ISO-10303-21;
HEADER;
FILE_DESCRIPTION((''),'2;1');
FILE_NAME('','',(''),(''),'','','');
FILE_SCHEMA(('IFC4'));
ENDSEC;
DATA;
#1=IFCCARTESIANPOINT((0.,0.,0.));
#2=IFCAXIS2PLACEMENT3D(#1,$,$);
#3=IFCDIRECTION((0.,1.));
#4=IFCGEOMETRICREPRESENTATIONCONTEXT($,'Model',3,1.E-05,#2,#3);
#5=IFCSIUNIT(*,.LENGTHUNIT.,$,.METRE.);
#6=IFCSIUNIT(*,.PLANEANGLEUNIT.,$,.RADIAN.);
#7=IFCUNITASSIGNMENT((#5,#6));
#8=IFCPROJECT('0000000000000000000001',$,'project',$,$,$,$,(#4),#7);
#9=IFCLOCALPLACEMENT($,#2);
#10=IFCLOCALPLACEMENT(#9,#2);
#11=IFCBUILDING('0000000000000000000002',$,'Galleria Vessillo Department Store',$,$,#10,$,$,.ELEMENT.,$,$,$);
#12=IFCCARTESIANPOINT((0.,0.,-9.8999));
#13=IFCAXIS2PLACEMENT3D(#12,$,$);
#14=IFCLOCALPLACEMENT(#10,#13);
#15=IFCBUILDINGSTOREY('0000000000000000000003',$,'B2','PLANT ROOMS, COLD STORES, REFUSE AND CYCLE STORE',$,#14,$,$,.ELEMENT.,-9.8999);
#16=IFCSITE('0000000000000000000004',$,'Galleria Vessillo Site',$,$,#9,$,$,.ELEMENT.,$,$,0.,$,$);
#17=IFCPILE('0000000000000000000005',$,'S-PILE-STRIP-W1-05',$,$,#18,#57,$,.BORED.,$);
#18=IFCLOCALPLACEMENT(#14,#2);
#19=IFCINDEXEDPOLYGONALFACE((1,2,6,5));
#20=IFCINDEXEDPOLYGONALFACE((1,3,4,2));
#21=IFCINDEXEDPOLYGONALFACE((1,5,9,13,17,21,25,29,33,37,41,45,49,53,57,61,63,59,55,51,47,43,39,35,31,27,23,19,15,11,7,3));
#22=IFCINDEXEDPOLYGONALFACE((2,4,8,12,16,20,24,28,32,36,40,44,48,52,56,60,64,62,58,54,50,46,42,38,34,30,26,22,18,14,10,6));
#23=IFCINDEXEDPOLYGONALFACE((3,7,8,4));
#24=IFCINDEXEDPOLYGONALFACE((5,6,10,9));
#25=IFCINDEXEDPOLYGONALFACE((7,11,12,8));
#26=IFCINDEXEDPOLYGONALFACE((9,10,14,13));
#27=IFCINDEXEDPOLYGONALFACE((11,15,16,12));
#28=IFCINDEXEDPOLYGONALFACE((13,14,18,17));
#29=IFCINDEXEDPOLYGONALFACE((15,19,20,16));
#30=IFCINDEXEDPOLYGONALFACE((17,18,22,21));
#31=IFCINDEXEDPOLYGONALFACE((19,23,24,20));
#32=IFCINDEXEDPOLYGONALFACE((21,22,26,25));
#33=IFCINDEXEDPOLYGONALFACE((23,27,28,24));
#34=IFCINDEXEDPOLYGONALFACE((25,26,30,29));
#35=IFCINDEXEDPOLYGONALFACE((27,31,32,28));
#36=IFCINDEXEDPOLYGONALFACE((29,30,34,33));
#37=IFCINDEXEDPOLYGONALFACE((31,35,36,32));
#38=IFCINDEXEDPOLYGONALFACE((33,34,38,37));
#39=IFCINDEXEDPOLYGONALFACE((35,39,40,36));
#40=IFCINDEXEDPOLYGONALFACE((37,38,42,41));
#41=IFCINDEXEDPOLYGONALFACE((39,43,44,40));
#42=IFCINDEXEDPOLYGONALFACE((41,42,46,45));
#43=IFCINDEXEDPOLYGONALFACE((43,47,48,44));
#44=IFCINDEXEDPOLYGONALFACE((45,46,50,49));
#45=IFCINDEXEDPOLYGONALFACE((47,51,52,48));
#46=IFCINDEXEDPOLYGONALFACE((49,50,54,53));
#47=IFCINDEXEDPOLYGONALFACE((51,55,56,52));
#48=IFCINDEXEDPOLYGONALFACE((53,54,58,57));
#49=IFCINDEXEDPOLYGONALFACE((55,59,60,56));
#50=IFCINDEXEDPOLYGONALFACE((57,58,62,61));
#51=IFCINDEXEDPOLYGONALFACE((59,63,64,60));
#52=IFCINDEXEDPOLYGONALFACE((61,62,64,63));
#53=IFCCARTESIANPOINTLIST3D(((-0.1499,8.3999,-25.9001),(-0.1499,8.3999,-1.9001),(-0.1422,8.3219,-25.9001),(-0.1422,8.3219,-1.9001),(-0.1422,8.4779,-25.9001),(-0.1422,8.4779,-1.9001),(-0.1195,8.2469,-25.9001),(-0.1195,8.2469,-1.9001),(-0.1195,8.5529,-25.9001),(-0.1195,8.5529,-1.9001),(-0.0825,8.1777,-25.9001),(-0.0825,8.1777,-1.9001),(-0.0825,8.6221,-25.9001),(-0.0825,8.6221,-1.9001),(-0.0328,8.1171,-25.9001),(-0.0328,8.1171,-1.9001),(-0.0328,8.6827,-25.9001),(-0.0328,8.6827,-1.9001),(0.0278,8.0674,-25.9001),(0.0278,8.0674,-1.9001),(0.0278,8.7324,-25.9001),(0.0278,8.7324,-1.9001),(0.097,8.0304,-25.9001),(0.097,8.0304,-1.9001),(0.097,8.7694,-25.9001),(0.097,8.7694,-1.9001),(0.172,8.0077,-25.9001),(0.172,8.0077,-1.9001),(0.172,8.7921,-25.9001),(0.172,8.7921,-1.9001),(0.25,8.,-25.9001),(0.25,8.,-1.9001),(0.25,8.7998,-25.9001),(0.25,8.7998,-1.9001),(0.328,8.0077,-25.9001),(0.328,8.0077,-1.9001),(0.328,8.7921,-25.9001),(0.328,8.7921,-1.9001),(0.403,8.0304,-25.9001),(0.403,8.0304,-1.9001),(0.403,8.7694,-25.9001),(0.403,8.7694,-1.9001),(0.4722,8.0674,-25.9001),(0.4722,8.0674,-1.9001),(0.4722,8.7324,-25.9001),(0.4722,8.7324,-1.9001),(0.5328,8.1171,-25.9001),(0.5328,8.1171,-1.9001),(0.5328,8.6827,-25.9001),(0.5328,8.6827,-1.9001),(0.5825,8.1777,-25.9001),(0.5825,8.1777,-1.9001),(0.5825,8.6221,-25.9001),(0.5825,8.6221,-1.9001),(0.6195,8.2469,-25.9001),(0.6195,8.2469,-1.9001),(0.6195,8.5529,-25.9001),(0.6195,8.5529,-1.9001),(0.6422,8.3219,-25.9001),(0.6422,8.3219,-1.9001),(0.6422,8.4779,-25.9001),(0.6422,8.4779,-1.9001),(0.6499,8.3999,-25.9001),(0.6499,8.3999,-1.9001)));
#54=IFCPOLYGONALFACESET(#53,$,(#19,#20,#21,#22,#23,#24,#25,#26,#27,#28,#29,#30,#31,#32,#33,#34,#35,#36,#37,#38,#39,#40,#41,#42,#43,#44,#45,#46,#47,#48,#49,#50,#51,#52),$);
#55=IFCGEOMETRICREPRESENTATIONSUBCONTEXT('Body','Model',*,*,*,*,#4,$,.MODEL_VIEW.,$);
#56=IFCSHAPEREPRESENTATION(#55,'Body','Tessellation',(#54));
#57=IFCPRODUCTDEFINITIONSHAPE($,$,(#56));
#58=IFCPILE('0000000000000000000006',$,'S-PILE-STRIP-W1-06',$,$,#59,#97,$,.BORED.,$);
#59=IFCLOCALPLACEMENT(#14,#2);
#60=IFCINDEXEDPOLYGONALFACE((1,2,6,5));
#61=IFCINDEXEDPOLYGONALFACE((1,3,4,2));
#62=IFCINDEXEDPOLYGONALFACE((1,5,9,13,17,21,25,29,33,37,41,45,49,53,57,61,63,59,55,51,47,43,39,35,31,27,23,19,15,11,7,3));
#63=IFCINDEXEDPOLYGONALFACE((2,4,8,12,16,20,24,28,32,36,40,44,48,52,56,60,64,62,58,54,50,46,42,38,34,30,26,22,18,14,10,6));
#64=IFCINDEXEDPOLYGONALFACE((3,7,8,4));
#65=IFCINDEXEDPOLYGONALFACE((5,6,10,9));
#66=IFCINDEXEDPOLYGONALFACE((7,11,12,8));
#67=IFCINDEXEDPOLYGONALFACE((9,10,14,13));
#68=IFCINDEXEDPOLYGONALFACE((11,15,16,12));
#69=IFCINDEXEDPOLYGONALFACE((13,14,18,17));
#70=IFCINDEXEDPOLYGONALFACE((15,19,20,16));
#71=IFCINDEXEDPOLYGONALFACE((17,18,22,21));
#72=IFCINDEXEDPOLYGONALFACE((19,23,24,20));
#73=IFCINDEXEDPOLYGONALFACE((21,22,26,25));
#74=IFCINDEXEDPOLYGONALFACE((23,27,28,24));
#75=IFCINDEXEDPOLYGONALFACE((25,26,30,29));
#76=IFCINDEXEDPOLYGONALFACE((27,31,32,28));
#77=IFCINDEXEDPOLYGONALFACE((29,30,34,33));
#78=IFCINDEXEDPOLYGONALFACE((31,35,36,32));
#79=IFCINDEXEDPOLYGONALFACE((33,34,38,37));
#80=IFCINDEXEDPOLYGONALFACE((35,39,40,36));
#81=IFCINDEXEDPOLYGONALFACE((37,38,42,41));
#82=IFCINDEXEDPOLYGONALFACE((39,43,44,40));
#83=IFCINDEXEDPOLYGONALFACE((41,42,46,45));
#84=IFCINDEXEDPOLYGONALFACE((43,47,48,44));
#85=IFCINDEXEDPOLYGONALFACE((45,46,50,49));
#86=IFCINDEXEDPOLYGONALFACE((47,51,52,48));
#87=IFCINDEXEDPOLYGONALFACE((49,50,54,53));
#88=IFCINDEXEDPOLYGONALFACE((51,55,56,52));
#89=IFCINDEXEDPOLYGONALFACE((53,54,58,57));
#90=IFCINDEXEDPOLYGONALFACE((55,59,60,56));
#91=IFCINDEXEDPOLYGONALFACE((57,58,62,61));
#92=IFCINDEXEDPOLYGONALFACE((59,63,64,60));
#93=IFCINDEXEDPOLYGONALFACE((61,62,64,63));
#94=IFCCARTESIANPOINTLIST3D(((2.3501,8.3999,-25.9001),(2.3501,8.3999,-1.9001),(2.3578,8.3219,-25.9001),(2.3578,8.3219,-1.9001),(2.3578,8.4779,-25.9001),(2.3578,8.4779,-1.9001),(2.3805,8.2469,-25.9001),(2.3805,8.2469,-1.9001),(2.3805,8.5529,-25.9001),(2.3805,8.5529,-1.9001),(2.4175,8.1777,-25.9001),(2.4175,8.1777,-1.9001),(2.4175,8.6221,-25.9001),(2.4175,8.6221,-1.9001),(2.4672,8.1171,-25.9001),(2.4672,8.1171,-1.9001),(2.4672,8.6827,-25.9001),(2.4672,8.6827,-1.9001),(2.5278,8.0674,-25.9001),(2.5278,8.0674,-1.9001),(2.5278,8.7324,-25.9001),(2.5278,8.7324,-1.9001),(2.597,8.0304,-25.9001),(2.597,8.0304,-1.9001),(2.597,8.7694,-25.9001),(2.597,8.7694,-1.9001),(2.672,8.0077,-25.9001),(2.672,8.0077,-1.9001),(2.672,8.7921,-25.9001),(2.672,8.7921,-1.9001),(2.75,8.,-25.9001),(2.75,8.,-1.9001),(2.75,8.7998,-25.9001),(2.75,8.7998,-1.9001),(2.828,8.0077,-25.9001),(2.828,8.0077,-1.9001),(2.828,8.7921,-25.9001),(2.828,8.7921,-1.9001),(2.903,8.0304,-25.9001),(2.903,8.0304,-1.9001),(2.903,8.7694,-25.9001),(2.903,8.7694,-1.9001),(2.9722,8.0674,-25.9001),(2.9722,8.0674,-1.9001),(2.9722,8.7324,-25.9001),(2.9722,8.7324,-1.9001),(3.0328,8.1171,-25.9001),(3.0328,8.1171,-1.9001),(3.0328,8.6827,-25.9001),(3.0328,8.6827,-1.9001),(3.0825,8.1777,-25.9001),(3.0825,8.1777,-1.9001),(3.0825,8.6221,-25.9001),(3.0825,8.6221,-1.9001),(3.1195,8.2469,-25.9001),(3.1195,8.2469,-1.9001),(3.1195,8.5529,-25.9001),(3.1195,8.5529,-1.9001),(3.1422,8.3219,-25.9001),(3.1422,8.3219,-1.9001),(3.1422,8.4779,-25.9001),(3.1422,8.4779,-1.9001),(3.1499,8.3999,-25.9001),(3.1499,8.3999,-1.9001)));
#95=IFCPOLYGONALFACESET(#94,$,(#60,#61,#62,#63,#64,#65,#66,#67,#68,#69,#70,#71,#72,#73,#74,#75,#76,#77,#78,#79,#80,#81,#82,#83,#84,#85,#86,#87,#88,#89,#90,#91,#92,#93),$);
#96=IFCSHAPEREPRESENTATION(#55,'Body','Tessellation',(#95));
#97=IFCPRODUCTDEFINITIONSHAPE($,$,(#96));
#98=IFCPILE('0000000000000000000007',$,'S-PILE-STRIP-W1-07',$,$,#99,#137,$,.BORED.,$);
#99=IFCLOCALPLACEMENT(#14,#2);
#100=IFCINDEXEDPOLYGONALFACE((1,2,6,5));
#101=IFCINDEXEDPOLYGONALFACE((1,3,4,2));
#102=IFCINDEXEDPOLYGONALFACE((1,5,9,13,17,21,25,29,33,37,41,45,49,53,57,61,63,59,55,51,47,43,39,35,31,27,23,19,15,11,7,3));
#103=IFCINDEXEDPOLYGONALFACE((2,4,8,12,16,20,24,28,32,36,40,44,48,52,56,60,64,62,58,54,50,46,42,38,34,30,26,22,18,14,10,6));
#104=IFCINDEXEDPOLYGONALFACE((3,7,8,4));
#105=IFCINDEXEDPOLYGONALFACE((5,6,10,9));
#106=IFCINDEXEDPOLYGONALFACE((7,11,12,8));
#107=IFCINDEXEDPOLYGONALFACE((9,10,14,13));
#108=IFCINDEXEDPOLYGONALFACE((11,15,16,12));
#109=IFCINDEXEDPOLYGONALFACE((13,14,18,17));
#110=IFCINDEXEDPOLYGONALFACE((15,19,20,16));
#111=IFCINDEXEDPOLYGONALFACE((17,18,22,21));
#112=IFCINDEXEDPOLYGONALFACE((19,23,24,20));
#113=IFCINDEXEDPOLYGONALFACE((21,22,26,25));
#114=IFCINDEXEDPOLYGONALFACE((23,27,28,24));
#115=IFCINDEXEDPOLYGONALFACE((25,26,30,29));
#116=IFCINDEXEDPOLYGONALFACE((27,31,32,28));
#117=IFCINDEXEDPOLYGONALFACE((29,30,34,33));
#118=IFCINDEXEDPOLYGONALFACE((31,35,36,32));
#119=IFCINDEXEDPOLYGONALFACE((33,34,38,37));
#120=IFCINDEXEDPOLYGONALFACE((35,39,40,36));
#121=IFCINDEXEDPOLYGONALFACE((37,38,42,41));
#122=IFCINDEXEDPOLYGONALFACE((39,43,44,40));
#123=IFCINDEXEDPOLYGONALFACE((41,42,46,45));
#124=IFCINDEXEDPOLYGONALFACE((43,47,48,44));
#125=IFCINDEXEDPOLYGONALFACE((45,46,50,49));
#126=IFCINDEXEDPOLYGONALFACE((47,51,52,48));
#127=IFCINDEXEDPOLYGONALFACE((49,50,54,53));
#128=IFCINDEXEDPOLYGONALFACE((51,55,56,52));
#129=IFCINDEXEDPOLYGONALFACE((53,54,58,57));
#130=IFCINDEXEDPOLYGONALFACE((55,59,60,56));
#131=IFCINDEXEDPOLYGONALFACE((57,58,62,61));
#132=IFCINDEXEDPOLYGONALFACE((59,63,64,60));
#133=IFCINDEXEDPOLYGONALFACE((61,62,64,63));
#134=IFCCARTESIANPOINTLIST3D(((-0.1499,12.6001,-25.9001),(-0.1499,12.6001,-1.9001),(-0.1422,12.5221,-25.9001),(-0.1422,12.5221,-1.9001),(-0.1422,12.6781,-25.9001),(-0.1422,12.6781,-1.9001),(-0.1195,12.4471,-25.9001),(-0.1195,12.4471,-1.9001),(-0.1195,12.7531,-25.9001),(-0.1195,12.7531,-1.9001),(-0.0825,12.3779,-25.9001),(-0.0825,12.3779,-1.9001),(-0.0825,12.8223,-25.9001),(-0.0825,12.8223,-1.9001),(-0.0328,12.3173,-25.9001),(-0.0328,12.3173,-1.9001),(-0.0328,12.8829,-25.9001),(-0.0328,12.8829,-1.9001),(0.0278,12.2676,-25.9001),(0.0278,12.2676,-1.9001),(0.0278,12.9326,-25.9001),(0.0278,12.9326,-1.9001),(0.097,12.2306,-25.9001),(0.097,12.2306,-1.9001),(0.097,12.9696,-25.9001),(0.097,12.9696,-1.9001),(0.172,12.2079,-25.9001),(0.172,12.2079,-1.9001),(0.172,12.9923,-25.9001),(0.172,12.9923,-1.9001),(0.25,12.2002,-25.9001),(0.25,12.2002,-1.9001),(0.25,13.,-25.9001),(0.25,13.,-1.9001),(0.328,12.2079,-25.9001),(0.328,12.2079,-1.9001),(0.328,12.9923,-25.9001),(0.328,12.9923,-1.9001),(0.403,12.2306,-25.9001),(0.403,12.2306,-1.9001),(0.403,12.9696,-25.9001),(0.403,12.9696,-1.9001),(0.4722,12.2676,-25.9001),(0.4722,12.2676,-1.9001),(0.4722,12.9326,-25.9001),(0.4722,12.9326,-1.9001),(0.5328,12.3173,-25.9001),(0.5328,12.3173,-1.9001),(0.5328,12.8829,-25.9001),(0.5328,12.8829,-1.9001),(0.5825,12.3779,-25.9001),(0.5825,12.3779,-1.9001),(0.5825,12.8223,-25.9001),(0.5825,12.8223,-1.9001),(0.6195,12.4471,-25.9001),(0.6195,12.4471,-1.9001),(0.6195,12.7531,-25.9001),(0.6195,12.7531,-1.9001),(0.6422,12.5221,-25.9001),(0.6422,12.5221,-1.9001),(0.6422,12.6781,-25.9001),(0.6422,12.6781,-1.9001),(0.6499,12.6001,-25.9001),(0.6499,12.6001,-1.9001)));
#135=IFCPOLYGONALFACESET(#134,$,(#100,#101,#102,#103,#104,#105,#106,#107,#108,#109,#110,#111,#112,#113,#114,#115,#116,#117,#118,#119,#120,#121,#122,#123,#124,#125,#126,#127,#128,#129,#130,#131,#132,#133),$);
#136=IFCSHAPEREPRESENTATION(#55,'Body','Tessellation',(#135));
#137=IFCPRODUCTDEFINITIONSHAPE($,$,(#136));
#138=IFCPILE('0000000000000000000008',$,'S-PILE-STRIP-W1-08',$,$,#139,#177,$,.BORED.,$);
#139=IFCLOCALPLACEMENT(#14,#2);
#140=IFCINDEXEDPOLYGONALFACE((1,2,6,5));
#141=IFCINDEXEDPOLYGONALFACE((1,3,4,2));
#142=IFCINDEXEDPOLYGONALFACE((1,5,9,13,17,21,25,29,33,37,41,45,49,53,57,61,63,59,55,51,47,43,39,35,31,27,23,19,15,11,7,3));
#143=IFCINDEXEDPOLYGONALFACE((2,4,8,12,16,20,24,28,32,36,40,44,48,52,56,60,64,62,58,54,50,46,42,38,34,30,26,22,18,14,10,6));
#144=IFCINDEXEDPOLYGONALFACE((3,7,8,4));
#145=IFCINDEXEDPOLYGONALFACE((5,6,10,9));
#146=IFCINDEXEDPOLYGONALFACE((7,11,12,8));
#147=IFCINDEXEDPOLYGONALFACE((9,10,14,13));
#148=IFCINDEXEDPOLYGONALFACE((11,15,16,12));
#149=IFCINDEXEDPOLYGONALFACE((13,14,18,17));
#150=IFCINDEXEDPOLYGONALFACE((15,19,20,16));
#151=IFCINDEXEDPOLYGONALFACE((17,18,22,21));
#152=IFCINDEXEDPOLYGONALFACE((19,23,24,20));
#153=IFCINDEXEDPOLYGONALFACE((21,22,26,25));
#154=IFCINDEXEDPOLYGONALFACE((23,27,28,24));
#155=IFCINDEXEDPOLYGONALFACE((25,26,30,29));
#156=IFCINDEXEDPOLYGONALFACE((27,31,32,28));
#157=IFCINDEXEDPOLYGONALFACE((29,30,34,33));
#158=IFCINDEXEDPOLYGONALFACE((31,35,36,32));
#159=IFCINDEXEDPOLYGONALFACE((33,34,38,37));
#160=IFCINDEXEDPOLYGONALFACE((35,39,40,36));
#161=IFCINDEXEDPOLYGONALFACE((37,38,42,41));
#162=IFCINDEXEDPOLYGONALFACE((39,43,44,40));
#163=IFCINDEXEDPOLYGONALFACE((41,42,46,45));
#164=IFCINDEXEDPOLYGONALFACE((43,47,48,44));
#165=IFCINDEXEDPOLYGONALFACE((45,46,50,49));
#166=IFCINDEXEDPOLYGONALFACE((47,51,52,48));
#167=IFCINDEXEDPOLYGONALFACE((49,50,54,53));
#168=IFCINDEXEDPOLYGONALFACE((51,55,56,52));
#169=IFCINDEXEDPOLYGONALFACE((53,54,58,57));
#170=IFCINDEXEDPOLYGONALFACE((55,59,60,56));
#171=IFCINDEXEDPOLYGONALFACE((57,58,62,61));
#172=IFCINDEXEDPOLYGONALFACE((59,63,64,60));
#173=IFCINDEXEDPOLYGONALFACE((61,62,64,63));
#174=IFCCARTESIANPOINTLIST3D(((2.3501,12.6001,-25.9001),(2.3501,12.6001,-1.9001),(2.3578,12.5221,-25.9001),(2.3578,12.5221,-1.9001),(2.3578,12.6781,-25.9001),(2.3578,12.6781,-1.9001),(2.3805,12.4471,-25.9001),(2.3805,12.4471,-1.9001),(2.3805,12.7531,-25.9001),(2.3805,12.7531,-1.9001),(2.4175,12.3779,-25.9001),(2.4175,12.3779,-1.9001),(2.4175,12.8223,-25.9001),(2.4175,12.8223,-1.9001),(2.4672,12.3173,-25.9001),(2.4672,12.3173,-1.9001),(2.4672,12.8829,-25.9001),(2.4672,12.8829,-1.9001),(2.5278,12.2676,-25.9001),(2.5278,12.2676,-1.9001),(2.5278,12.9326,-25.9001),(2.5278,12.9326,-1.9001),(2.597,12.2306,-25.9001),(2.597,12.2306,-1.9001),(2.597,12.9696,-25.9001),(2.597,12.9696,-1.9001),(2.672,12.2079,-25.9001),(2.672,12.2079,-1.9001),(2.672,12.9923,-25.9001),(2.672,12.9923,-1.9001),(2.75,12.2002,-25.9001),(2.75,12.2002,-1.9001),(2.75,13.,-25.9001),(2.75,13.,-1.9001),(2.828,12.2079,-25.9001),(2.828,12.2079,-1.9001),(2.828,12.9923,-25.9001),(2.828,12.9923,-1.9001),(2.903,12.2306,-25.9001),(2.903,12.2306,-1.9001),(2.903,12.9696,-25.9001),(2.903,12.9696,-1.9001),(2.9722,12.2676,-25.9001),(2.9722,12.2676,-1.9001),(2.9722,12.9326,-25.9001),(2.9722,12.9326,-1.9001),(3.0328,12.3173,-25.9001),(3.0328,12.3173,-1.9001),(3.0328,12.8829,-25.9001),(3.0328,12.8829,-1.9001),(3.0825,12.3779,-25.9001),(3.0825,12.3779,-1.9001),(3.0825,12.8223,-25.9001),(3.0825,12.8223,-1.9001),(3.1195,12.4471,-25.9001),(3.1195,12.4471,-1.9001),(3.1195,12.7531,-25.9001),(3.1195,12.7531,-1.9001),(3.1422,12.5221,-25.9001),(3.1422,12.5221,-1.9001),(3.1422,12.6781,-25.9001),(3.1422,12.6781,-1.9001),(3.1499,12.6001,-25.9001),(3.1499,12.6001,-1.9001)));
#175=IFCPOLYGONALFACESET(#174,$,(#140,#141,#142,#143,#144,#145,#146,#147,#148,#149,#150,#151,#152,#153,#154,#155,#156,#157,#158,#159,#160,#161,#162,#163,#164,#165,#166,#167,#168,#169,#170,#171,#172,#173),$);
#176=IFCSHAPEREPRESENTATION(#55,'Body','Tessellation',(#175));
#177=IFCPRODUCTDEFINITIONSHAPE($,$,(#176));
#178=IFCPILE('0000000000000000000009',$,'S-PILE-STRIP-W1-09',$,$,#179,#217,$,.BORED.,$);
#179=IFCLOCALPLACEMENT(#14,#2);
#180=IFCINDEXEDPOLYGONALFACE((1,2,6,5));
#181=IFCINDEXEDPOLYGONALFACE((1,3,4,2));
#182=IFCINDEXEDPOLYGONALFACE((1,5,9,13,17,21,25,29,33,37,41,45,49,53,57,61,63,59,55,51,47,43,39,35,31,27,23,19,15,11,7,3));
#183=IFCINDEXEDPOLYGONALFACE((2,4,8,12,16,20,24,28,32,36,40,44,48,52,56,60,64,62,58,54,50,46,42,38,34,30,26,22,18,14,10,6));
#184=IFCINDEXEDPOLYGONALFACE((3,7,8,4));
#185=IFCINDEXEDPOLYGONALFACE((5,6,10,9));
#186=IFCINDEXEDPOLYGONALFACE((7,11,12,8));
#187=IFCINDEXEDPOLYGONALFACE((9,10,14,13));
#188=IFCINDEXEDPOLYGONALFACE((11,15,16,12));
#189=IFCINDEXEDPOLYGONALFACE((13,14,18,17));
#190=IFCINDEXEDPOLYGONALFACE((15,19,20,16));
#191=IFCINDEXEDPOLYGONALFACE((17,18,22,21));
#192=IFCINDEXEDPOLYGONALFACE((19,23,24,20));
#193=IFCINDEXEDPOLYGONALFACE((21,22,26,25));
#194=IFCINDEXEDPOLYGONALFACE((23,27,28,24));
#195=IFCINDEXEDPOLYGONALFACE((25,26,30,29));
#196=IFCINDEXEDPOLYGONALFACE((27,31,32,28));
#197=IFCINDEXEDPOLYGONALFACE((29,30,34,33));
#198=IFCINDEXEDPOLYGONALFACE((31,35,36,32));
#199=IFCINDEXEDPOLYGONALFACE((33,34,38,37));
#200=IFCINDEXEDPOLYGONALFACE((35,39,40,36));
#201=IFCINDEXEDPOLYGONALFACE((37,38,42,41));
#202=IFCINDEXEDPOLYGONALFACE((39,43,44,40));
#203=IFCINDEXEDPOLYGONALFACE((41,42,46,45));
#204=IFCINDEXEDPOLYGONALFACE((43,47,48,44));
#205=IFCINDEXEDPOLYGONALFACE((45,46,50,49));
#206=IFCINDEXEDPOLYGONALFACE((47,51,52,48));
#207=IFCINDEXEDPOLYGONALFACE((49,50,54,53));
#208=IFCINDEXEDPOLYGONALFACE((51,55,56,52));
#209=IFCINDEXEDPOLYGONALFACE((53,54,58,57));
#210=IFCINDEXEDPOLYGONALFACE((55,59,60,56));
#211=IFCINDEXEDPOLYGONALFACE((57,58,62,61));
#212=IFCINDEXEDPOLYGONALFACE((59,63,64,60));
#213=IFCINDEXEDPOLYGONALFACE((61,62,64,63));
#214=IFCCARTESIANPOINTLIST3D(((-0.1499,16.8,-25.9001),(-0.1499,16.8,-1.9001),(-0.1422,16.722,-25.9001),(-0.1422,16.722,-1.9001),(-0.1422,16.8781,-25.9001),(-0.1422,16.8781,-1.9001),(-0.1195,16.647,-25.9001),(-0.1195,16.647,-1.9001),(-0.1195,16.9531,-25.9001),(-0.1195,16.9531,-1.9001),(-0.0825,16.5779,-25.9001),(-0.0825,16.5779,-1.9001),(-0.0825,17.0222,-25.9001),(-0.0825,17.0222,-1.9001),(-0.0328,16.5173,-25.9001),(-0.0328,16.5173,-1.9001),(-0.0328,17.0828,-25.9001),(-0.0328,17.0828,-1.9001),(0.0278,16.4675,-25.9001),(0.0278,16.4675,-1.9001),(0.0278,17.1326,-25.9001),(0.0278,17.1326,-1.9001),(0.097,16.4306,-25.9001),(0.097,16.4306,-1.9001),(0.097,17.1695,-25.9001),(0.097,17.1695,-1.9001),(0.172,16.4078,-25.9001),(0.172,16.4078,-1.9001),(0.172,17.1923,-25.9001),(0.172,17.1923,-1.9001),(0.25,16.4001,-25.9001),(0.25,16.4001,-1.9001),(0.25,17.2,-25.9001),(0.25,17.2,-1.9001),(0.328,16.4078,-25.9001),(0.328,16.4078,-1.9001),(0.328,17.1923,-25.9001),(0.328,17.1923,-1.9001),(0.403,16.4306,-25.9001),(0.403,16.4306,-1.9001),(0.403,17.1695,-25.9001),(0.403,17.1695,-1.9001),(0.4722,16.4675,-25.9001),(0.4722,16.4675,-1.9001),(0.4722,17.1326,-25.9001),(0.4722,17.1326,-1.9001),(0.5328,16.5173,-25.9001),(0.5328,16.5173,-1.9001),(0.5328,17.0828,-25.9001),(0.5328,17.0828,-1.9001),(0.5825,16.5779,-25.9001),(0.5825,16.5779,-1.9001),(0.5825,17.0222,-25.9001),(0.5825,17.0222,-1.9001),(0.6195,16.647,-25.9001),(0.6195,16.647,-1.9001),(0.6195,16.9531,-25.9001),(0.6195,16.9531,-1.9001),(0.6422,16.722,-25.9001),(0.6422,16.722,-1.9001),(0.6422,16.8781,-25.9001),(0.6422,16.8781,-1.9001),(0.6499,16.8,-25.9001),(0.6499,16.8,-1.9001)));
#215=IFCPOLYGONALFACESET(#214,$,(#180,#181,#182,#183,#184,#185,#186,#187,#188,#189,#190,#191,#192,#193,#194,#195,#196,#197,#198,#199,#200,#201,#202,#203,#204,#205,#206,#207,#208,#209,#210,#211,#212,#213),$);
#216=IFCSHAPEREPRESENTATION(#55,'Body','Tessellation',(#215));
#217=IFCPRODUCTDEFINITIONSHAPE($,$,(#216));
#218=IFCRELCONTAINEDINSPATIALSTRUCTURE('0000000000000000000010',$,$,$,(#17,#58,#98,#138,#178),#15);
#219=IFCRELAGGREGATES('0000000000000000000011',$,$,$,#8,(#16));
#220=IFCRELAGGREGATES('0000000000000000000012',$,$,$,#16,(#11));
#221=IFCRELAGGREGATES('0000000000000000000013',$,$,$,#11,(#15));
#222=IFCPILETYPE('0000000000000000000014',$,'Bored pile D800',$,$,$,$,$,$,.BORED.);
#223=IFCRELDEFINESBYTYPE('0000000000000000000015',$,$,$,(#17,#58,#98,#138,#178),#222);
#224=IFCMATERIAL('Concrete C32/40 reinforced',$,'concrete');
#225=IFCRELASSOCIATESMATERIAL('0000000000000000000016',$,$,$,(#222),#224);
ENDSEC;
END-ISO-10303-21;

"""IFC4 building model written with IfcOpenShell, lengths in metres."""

from ifc_helpers import new_model, si_unit, direction, frame, origin, origin_2d, place, context, subcontext, project, spatial, circle, extrude, material, material_profile, profile_set, type_object, element, save


model = new_model("IFC4")

# Units and contexts
model_context = context("Model", 3, precision=1e-05, world=origin(), true_north=direction((0.0, 1.0)))
body_context = subcontext(model_context, "Body", "Model", "MODEL_VIEW")
ifc_project = project(units=[si_unit("LENGTHUNIT", "METRE"), si_unit("PLANEANGLEUNIT", "RADIAN")], contexts=[model_context])

# Site, building, storey
site_placement = place(None, origin())
site = spatial("IfcSite", under=ifc_project, at=site_placement, Name="Galleria Vessillo Site", CompositionType="ELEMENT", RefElevation=0.0)
building_placement = place(site_placement, origin())
building = spatial("IfcBuilding", under=site, at=building_placement, Name="Galleria Vessillo Department Store", CompositionType="ELEMENT")
storey_placement = place(building_placement, frame((0.0, 0.0, -9.8999)))
storey = spatial("IfcBuildingStorey", under=building, at=storey_placement, Name="B2", Description="PLANT ROOMS, COLD STORES, REFUSE AND CYCLE STORE", CompositionType="ELEMENT", Elevation=-9.8999)

# Piles
ifc_material_1 = material(Name="Concrete C32/40 reinforced", Category="concrete")
ifc_material_profile_1 = material_profile(ifc_material_1, circle(Radius=0.3999, at=origin_2d()), Name="Bored pile D800")
ifc_profile_set_1 = profile_set([ifc_material_profile_1], Name="Concrete C32/40 reinforced")
pile_type = type_object("IfcPileType", Name="Bored pile D800", PredefinedType="BORED", material=ifc_profile_set_1)
for number, where, z_axis, x_axis, name in (
    (1, (0.25, 8.3999, -1.9001), (0.0, 0.0, -1.0), (1.0, 0.0, 0.0), "S-PILE-STRIP-W1-05"),
    (2, (2.75, 8.3999, -1.9001), (0.0, 0.0, -1.0), (1.0, 0.0, 0.0), "S-PILE-STRIP-W1-06"),
    (3, (0.25, 12.6001, -1.9001), (0.0, 0.0, -1.0), (1.0, 0.0, 0.0), "S-PILE-STRIP-W1-07"),
    (4, (2.75, 12.6001, -1.9001), (0.0, 0.0, -1.0), (1.0, 0.0, 0.0), "S-PILE-STRIP-W1-08"),
    (5, (0.25, 16.8, -1.9001), (0.0, 0.0, -1.0), (1.0, 0.0, 0.0), "S-PILE-STRIP-W1-09"),
):
    element("IfcPile", number, at=place(storey_placement, frame(where, z_axis=z_axis, x_axis=x_axis)), inside=storey, type_object=pile_type, Name=name, PredefinedType="BORED", context=body_context, shape_type="SweptSolid", body=[
        extrude(circle(Radius=0.3999, at=origin_2d()), origin(), (0.0, 0.0, 1.0), 24.0),
    ])

save(model, "model.ifc")
